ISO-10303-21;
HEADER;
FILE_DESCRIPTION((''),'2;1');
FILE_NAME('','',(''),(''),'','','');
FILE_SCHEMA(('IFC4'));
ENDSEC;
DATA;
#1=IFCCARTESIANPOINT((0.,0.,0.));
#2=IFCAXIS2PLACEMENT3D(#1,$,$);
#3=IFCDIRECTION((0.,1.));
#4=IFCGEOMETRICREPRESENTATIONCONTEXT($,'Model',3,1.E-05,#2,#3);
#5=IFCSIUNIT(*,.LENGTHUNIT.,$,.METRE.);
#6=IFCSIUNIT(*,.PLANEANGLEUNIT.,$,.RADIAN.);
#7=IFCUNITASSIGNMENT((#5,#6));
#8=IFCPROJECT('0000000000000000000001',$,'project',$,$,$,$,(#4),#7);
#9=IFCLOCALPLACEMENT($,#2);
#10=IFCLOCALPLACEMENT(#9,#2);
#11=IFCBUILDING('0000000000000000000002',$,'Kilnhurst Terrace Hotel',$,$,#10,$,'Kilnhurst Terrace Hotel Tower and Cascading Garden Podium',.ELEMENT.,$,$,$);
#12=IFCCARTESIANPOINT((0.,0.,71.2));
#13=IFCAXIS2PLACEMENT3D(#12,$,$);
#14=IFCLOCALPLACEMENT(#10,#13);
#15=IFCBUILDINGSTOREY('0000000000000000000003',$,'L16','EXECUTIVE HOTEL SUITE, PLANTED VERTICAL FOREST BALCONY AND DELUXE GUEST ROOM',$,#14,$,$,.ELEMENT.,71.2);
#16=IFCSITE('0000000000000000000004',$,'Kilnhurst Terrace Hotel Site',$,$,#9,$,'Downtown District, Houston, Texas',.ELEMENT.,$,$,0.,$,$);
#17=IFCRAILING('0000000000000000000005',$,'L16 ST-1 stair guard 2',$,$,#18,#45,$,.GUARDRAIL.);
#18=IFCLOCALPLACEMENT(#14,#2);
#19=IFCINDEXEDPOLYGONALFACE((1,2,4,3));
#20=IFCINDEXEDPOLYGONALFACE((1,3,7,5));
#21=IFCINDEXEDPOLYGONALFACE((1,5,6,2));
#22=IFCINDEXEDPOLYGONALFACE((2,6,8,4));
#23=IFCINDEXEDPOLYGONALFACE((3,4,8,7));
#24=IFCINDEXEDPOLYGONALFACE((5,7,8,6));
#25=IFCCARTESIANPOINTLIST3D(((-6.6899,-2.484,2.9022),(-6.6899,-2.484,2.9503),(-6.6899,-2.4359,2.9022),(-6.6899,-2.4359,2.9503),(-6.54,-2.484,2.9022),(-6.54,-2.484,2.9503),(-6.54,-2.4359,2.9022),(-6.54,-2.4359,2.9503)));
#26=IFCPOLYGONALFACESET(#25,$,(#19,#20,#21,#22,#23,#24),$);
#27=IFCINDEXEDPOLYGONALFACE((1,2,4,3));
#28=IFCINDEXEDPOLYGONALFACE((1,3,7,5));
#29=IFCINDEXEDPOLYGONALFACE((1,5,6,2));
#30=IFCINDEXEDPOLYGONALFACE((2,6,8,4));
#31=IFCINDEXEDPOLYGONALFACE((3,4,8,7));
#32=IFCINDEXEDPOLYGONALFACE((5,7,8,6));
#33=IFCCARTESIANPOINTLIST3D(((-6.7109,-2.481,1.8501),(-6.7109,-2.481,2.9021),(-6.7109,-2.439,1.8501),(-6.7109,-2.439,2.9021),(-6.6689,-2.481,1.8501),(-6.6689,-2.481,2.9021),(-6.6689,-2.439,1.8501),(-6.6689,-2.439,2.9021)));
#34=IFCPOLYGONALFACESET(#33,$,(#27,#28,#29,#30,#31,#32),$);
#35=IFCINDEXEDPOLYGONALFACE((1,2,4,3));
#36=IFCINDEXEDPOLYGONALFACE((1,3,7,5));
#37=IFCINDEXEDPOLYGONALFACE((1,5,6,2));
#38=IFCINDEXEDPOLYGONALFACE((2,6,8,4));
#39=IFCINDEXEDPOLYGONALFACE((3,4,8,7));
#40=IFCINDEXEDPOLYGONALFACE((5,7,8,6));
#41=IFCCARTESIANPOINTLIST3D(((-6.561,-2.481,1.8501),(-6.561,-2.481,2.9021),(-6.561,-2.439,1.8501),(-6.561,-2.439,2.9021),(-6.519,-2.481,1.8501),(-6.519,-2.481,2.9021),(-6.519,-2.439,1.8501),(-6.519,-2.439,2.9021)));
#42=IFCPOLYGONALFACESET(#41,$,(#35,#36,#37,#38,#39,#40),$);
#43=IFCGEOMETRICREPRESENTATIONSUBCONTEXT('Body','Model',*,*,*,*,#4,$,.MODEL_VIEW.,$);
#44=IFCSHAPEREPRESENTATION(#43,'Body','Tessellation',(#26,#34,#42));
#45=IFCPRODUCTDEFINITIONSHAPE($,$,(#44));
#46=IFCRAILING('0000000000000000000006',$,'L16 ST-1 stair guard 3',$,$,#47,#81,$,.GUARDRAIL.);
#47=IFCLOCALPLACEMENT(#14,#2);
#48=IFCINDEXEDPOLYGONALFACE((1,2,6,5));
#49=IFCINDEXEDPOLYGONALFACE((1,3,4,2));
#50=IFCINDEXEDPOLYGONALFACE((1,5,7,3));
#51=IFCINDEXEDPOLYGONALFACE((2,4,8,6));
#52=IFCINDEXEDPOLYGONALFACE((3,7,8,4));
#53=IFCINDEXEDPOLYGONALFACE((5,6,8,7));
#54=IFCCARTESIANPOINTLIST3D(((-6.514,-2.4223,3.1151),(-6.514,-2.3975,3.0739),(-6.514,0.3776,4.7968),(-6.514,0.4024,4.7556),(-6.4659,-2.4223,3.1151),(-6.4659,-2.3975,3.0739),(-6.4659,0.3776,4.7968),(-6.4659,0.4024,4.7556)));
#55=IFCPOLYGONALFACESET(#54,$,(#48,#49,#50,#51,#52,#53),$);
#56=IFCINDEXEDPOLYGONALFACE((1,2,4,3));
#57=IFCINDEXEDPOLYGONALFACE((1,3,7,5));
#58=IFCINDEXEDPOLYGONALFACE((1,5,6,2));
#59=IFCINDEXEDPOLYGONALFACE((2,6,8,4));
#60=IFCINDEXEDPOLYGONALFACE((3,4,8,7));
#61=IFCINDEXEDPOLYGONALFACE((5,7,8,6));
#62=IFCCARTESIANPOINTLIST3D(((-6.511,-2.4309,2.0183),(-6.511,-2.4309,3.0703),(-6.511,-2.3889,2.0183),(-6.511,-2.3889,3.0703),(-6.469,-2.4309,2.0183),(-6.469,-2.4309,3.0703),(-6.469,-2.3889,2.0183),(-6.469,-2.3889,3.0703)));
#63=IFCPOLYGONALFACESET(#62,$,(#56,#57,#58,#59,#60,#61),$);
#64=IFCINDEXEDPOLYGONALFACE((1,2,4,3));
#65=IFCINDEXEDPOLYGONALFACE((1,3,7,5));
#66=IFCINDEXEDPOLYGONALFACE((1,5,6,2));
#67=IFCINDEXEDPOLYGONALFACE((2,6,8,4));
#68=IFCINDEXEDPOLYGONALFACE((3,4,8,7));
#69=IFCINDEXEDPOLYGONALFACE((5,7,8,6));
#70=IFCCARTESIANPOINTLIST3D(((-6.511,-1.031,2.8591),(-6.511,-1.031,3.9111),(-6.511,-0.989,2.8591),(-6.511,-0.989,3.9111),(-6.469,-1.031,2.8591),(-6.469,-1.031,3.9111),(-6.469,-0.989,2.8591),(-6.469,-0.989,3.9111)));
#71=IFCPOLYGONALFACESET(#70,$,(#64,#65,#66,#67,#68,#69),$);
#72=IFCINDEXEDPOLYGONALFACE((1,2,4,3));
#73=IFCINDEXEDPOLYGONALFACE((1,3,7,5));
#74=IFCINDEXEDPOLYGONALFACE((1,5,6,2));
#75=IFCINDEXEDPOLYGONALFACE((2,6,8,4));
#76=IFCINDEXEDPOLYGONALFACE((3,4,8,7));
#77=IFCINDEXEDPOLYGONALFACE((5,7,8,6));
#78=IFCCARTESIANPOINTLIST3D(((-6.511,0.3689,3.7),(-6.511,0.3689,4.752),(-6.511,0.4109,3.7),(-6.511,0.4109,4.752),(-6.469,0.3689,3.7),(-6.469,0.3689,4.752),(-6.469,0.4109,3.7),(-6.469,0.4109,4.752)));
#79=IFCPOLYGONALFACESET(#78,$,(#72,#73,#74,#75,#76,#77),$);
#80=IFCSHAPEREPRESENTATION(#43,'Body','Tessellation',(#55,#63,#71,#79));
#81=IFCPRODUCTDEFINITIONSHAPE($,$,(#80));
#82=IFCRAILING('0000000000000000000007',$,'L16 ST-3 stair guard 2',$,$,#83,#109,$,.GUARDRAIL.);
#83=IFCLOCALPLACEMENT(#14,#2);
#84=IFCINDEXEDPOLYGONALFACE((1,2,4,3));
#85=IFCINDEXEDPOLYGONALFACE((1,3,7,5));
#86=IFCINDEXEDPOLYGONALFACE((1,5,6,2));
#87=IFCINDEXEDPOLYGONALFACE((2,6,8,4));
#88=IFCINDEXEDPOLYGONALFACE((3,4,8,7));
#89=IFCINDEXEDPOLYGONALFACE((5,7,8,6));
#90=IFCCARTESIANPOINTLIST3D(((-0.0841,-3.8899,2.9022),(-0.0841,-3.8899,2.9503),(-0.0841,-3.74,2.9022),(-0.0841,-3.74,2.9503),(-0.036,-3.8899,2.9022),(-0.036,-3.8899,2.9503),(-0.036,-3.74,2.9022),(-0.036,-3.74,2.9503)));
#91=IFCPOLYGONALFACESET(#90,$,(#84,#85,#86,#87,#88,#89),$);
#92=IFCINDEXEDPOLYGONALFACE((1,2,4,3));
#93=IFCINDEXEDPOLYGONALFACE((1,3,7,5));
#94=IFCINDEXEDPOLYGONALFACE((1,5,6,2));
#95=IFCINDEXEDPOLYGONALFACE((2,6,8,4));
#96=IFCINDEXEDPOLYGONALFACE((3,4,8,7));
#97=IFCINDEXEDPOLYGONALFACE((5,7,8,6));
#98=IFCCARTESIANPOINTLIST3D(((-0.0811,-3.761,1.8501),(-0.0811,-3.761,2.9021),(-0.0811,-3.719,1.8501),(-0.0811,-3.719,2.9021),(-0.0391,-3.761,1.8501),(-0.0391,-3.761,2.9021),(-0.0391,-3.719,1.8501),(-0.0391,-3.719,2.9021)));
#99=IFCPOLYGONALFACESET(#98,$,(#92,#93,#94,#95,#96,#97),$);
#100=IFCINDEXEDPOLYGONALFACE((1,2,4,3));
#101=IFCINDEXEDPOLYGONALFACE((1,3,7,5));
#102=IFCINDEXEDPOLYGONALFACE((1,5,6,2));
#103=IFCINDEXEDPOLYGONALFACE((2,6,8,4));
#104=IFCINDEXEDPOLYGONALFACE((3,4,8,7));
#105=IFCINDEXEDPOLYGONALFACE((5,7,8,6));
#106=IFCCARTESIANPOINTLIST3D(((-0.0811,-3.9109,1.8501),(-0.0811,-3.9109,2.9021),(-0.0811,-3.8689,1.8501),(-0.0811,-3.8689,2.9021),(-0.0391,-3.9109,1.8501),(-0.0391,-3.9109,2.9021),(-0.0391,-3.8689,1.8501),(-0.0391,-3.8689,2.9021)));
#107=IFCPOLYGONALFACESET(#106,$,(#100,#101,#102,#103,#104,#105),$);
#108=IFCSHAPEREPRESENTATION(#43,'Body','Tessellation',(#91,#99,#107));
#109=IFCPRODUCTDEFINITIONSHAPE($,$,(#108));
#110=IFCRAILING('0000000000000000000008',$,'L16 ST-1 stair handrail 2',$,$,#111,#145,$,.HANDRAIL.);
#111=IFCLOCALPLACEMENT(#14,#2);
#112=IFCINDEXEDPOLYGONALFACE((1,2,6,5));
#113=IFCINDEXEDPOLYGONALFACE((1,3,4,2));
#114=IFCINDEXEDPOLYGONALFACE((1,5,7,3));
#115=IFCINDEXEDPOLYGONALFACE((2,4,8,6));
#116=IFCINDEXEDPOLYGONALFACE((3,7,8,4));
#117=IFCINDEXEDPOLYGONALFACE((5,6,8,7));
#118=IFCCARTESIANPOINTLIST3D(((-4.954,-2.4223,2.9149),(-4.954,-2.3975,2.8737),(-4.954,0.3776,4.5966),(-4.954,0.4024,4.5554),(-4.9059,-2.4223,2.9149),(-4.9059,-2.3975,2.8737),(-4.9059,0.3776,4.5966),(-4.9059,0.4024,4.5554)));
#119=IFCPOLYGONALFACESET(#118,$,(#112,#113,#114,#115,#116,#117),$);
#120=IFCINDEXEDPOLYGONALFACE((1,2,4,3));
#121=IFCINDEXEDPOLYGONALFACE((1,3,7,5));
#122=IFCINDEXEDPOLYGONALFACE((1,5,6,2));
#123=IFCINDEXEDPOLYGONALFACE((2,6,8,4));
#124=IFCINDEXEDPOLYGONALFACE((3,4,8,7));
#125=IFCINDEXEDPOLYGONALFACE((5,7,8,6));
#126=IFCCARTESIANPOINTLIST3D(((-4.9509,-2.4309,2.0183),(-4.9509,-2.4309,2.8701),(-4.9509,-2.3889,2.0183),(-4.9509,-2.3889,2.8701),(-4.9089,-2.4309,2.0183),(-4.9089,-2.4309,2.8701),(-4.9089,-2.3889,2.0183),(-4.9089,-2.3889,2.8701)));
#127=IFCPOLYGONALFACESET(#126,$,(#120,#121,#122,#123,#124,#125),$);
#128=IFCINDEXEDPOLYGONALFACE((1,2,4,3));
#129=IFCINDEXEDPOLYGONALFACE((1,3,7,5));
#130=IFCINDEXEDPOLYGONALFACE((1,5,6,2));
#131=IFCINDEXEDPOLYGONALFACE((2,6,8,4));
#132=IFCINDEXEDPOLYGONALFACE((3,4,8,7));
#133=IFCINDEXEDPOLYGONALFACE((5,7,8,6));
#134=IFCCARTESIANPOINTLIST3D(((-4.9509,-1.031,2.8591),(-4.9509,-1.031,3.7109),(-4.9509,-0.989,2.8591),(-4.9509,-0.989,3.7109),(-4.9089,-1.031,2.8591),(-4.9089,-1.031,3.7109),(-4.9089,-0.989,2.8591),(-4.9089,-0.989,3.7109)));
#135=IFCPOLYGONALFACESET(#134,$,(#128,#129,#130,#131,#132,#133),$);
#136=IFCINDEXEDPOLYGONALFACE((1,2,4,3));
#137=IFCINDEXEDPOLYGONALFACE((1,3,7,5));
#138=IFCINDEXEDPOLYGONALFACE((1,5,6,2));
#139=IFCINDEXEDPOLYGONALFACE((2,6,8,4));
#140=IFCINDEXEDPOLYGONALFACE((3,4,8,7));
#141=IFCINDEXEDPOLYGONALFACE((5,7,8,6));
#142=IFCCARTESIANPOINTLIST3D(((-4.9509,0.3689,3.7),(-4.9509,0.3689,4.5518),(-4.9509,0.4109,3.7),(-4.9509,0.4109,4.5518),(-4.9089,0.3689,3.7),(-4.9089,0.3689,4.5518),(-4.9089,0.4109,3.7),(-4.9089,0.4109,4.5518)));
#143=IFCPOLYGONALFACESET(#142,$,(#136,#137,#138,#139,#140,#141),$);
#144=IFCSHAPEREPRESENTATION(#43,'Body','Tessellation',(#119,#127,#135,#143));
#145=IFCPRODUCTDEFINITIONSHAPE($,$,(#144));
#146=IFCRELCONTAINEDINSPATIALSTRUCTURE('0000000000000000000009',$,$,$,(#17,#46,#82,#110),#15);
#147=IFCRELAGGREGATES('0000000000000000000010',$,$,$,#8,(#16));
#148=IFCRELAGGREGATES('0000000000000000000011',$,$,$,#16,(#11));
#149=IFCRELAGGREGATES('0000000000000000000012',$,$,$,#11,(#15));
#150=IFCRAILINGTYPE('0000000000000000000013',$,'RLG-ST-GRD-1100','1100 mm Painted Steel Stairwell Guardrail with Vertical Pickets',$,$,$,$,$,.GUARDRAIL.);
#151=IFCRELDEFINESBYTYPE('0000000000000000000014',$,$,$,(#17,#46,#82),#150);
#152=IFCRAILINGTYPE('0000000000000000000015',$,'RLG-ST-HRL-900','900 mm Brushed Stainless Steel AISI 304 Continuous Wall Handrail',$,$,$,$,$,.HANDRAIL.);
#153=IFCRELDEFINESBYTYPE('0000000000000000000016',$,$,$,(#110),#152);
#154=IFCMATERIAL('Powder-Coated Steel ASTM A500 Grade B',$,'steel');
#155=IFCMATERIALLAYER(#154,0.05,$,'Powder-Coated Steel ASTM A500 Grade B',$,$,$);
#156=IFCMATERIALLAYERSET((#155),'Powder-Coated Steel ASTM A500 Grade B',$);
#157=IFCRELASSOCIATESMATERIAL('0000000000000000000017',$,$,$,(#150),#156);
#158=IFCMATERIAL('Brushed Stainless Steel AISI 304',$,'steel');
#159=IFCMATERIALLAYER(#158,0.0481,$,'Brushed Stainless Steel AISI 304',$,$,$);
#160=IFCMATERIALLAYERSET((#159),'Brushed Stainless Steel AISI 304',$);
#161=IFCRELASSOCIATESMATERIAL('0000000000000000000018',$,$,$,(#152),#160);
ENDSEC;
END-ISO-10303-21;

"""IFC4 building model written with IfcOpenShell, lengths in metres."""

from ifc_helpers import new_model, si_unit, direction, frame, origin, origin_2d, place, context, subcontext, project, spatial, rectangle, extrude, material, layer, layer_set, type_object, element, save


model = new_model("IFC4")

# Units and contexts
model_context = context("Model", 3, precision=1e-05, world=origin(), true_north=direction((0.0, 1.0)))
body_context = subcontext(model_context, "Body", "Model", "MODEL_VIEW")
ifc_project = project(units=[si_unit("LENGTHUNIT", "METRE"), si_unit("PLANEANGLEUNIT", "RADIAN")], contexts=[model_context])

# Site, building, storey
site_placement = place(None, origin())
site = spatial("IfcSite", under=ifc_project, at=site_placement, Name="Kilnhurst Terrace Hotel Site", LongName="Downtown District, Houston, Texas", CompositionType="ELEMENT", RefElevation=0.0)
building_placement = place(site_placement, origin())
building = spatial("IfcBuilding", under=site, at=building_placement, Name="Kilnhurst Terrace Hotel", LongName="Kilnhurst Terrace Hotel Tower and Cascading Garden Podium", CompositionType="ELEMENT")
storey_placement = place(building_placement, frame((0.0, 0.0, 71.2)))
storey = spatial("IfcBuildingStorey", under=building, at=storey_placement, Name="L16", Description="EXECUTIVE HOTEL SUITE, PLANTED VERTICAL FOREST BALCONY AND DELUXE GUEST ROOM", CompositionType="ELEMENT", Elevation=71.2)

# Railings
ifc_material_1 = material(Name="Powder-Coated Steel ASTM A500 Grade B", Category="steel")
ifc_layer_1 = layer(ifc_material_1, 0.05, Name="Powder-Coated Steel ASTM A500 Grade B")
ifc_layer_set_1 = layer_set([ifc_layer_1], Name="Powder-Coated Steel ASTM A500 Grade B")
railing_type_1 = type_object("IfcRailingType", Name="RLG-ST-GRD-1100", Description="1100 mm Painted Steel Stairwell Guardrail with Vertical Pickets", PredefinedType="GUARDRAIL", material=ifc_layer_set_1)
railing_1_placement = place(storey_placement, frame((-6.6899, -2.46, 1.8501)))
element("IfcRailing", 1, at=railing_1_placement, inside=storey, type_object=railing_type_1, Name="L16 ST-1 stair guard 2", PredefinedType="GUARDRAIL", context=body_context, shape_type="SweptSolid", body=[
    extrude(rectangle(XDim=0.0481, YDim=0.0481, at=origin_2d()), frame((0.0, 0.0, 1.0762), z_axis=(1.0, 0.0, 0.0), x_axis=(0.0, 1.0, 0.0)), (0.0, 0.0, 1.0), 0.1499),
    extrude(rectangle(XDim=0.042, YDim=0.042, at=origin_2d()), origin(), (0.0, 0.0, 1.0), 1.052),
    extrude(rectangle(XDim=0.042, YDim=0.042, at=origin_2d()), frame((0.1499, 0.0, 0.0)), (0.0, 0.0, 1.0), 1.052),
])
railing_2_placement = place(storey_placement, frame((-6.49, -2.4099, 2.0183)))
element("IfcRailing", 2, at=railing_2_placement, inside=storey, type_object=railing_type_1, Name="L16 ST-1 stair guard 3", PredefinedType="GUARDRAIL", context=body_context, shape_type="SweptSolid", body=[
    extrude(rectangle(XDim=0.0481, YDim=0.0481, at=origin_2d()), frame((0.0, 0.0, 1.0762), z_axis=(0.0, 0.857255, 0.514891), x_axis=(-1.0, 0.0, 0.0)), (0.0, 0.0, 1.0), 3.2661),
    extrude(rectangle(XDim=0.042, YDim=0.042, at=origin_2d()), origin(), (0.0, 0.0, 1.0), 1.052),
    extrude(rectangle(XDim=0.042, YDim=0.042, at=origin_2d()), frame((0.0, 1.3999, 0.8408)), (0.0, 0.0, 1.0), 1.052),
    extrude(rectangle(XDim=0.042, YDim=0.042, at=origin_2d()), frame((0.0, 2.7998, 1.6816)), (0.0, 0.0, 1.0), 1.052),
])
railing_3_placement = place(storey_placement, frame((-0.0601, -3.74, 1.8501)))
element("IfcRailing", 3, at=railing_3_placement, inside=storey, type_object=railing_type_1, Name="L16 ST-3 stair guard 2", PredefinedType="GUARDRAIL", context=body_context, shape_type="SweptSolid", body=[
    extrude(rectangle(XDim=0.0481, YDim=0.0481, at=origin_2d()), frame((0.0, 0.0, 1.0762), z_axis=(0.0, -1.0, 0.0), x_axis=(1.0, 0.0, 0.0)), (0.0, 0.0, 1.0), 0.1499),
    extrude(rectangle(XDim=0.042, YDim=0.042, at=origin_2d()), origin(), (0.0, 0.0, 1.0), 1.052),
    extrude(rectangle(XDim=0.042, YDim=0.042, at=origin_2d()), frame((0.0, -0.1499, 0.0)), (0.0, 0.0, 1.0), 1.052),
])
ifc_material_2 = material(Name="Brushed Stainless Steel AISI 304", Category="steel")
ifc_layer_2 = layer(ifc_material_2, 0.0481, Name="Brushed Stainless Steel AISI 304")
ifc_layer_set_2 = layer_set([ifc_layer_2], Name="Brushed Stainless Steel AISI 304")
railing_type_2 = type_object("IfcRailingType", Name="RLG-ST-HRL-900", Description="900 mm Brushed Stainless Steel AISI 304 Continuous Wall Handrail", PredefinedType="HANDRAIL", material=ifc_layer_set_2)
railing_4_placement = place(storey_placement, frame((-4.9299, -2.4099, 2.0183)))
element("IfcRailing", 4, at=railing_4_placement, inside=storey, type_object=railing_type_2, Name="L16 ST-1 stair handrail 2", PredefinedType="HANDRAIL", context=body_context, shape_type="SweptSolid", body=[
    extrude(rectangle(XDim=0.0481, YDim=0.0481, at=origin_2d()), frame((0.0, 0.0, 0.876), z_axis=(0.0, 0.857255, 0.514891), x_axis=(-1.0, 0.0, 0.0)), (0.0, 0.0, 1.0), 3.2661),
    extrude(rectangle(XDim=0.042, YDim=0.042, at=origin_2d()), origin(), (0.0, 0.0, 1.0), 0.8518),
    extrude(rectangle(XDim=0.042, YDim=0.042, at=origin_2d()), frame((0.0, 1.3999, 0.8408)), (0.0, 0.0, 1.0), 0.8518),
    extrude(rectangle(XDim=0.042, YDim=0.042, at=origin_2d()), frame((0.0, 2.7998, 1.6816)), (0.0, 0.0, 1.0), 0.8518),
])

save(model, "model.ifc")
